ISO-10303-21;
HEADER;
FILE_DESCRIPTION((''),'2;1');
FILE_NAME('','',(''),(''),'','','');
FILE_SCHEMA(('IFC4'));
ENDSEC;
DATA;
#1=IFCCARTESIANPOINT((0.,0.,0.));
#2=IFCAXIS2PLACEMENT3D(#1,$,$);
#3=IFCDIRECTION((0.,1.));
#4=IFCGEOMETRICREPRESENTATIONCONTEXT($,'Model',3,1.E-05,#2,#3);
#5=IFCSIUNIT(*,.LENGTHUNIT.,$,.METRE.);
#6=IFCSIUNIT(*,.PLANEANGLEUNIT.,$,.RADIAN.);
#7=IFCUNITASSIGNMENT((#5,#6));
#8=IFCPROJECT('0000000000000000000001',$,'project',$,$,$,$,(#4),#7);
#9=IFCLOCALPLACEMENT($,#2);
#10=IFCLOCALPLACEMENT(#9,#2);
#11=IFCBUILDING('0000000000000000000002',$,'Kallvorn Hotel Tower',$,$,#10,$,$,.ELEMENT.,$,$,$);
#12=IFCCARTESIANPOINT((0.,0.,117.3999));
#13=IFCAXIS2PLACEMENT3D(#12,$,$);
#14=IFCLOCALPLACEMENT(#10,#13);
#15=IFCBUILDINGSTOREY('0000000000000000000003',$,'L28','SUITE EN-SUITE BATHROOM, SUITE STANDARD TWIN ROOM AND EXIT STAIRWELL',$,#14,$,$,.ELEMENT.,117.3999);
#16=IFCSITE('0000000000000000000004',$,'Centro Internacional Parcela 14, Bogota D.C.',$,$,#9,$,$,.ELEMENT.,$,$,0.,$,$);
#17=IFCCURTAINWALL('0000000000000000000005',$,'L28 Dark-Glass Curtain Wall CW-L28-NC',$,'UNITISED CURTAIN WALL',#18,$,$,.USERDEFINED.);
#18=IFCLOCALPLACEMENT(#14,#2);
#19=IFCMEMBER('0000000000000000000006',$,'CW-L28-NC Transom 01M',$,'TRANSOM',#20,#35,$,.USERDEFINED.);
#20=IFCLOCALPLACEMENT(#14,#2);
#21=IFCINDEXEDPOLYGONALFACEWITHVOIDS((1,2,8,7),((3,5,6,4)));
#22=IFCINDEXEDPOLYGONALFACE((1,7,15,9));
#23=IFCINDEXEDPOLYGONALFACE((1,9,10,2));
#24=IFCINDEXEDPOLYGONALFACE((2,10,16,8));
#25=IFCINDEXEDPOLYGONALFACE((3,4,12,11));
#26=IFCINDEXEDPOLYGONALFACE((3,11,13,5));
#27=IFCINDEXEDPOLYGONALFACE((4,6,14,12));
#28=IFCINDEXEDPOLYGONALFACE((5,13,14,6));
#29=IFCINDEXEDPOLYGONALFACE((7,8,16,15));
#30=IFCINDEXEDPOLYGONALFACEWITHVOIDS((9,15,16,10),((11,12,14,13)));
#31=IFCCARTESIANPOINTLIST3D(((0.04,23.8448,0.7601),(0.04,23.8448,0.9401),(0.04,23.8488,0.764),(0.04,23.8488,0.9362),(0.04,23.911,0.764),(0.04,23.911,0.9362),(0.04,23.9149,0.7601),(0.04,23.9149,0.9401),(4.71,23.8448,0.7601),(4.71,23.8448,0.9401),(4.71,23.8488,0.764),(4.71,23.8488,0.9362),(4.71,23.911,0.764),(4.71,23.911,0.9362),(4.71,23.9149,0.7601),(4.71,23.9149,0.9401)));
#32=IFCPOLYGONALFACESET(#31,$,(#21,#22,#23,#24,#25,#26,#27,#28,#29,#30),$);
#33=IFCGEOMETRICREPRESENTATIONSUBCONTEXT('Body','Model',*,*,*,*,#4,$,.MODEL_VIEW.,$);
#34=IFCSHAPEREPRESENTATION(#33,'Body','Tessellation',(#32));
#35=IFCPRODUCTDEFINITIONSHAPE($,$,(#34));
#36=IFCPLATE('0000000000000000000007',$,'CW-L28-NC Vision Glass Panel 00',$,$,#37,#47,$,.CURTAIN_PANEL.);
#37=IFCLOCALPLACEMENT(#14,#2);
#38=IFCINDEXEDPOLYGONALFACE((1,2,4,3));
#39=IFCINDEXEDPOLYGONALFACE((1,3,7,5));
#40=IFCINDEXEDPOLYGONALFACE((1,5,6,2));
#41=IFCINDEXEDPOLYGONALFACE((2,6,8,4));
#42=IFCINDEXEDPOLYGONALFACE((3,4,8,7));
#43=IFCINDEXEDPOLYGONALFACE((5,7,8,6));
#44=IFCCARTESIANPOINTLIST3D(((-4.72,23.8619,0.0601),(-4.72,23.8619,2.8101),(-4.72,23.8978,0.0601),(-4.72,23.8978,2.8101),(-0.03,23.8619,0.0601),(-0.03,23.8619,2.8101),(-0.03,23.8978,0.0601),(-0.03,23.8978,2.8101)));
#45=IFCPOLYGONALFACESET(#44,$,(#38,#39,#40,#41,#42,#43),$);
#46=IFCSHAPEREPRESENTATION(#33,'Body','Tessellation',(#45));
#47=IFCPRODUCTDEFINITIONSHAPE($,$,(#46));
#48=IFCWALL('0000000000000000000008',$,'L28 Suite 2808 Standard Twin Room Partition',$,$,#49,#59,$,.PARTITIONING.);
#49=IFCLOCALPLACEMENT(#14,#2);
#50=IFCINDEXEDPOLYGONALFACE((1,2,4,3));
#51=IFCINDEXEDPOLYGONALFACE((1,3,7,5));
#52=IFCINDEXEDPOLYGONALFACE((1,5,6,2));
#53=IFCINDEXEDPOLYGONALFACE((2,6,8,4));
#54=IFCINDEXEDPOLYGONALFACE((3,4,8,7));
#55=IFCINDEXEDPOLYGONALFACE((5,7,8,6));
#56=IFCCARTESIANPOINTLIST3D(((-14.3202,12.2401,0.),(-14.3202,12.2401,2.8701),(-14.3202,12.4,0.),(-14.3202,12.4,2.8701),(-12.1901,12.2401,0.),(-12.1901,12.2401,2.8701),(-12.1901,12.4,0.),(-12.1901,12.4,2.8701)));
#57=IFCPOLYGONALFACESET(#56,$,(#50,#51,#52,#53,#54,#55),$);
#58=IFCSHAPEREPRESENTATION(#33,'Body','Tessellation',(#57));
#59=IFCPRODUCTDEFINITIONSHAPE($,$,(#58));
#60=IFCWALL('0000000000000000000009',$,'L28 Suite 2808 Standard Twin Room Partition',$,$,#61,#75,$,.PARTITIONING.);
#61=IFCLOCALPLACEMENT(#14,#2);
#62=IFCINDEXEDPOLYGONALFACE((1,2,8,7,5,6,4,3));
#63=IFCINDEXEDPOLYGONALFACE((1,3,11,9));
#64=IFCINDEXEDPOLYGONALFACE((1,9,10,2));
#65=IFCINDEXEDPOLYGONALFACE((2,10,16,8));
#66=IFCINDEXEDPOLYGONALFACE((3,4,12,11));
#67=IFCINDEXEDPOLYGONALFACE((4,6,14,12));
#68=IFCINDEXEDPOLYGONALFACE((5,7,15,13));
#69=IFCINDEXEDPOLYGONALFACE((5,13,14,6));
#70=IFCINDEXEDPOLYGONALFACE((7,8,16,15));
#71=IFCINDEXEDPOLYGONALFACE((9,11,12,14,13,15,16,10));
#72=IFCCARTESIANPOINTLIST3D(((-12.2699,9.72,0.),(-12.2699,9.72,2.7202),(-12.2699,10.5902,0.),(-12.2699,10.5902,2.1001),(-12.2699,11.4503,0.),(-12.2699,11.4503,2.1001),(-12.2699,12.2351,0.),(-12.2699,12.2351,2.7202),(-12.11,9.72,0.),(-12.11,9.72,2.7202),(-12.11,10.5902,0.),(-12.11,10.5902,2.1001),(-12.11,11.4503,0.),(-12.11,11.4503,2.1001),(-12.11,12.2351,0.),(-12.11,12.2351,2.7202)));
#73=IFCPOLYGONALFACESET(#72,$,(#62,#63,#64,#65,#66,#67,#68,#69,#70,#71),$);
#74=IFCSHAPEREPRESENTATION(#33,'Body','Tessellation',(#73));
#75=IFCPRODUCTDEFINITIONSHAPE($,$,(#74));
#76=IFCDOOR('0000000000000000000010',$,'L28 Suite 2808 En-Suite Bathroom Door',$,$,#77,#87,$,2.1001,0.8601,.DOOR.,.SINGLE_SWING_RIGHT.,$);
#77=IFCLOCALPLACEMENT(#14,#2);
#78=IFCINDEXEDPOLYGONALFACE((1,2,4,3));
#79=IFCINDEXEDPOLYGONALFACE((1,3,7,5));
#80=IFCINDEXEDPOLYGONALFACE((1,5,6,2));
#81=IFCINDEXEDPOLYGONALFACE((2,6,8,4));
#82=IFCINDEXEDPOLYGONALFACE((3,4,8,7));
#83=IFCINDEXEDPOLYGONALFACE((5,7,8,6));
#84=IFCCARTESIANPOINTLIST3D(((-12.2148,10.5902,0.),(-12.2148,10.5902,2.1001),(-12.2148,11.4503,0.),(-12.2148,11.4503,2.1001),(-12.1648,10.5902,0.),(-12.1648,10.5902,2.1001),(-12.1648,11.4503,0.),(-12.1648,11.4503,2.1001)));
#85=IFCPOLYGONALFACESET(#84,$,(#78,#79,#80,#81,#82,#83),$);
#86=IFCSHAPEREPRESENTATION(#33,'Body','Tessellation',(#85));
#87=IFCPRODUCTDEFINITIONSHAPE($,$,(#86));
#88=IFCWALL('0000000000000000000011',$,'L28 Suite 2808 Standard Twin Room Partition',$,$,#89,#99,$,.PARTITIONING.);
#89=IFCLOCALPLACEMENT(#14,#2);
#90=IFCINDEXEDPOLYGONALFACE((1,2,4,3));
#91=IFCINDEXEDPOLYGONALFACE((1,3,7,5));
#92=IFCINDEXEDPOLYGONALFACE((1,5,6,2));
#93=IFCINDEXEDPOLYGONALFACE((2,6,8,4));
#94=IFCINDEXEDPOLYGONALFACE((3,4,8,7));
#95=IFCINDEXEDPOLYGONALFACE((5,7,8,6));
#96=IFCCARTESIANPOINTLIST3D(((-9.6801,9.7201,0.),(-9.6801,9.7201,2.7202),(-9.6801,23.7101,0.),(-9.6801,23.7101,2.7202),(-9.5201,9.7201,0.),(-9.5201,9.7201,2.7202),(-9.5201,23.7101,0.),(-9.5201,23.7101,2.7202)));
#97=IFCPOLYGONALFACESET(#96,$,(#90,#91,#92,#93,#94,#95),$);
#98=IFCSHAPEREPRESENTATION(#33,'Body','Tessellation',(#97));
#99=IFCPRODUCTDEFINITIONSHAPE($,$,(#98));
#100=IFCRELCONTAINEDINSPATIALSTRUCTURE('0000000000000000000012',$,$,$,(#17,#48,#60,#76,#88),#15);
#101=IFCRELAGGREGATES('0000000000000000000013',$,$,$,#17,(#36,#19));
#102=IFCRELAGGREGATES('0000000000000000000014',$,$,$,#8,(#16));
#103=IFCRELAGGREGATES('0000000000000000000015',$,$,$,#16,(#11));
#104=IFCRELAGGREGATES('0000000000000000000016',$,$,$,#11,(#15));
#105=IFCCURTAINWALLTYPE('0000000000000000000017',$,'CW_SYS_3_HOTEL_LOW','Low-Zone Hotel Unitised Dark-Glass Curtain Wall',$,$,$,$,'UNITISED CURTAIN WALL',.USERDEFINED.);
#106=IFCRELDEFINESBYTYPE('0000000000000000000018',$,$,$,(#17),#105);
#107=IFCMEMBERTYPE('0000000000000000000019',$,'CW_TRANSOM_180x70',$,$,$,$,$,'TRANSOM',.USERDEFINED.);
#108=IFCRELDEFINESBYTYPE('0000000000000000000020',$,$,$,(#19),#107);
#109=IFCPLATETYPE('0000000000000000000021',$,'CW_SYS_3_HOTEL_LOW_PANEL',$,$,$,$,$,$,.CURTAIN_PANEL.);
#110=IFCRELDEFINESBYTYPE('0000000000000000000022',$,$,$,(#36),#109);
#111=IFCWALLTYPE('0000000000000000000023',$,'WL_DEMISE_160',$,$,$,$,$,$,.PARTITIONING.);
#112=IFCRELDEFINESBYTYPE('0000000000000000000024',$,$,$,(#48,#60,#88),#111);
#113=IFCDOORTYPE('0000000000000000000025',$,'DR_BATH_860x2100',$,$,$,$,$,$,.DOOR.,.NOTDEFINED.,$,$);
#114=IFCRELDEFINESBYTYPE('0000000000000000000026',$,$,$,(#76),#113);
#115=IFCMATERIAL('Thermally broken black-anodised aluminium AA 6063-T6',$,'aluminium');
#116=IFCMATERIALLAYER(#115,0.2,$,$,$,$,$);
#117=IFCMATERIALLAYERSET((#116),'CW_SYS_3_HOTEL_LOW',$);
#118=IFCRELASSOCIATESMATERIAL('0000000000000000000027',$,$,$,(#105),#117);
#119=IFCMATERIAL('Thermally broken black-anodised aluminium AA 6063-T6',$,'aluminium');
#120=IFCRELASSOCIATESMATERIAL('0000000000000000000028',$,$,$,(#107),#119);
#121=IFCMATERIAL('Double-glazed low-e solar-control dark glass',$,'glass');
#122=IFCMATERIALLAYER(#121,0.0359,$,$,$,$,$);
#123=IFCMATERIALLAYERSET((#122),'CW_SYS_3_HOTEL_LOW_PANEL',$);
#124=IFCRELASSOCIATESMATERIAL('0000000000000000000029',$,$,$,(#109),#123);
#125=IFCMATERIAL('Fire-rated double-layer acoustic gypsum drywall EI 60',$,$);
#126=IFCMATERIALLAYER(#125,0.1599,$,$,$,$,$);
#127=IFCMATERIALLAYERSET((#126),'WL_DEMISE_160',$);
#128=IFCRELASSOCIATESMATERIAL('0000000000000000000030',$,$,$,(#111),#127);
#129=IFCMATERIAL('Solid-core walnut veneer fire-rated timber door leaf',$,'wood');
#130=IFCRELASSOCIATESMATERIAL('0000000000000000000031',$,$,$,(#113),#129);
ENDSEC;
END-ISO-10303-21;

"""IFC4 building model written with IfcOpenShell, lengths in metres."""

from ifc_helpers import new_model, si_unit, direction, frame, frame_2d, origin, origin_2d, place, context, subcontext, project, spatial, rectangle, hollow_rectangle, extrude, material, layer, layer_set, material_profile, profile_set, type_object, element, fill, aggregate, save


model = new_model("IFC4")

# Units and contexts
model_context = context("Model", 3, precision=1e-05, world=origin(), true_north=direction((0.0, 1.0)))
body_context = subcontext(model_context, "Body", "Model", "MODEL_VIEW")
ifc_project = project(units=[si_unit("LENGTHUNIT", "METRE"), si_unit("PLANEANGLEUNIT", "RADIAN")], contexts=[model_context])

# Site, building, storey
site_placement = place(None, origin())
site = spatial("IfcSite", under=ifc_project, at=site_placement, Name="Centro Internacional Parcela 14, Bogota D.C.", CompositionType="ELEMENT", RefElevation=0.0)
building_placement = place(site_placement, origin())
building = spatial("IfcBuilding", under=site, at=building_placement, Name="Kallvorn Hotel Tower", CompositionType="ELEMENT")
storey_placement = place(building_placement, frame((0.0, 0.0, 117.3999)))
storey = spatial("IfcBuildingStorey", under=building, at=storey_placement, Name="L28", Description="SUITE EN-SUITE BATHROOM, SUITE STANDARD TWIN ROOM AND EXIT STAIRWELL", CompositionType="ELEMENT", Elevation=117.3999)

# Curtain wall, member, plate
ifc_material_1 = material(Name="Thermally broken black-anodised aluminium AA 6063-T6", Category="aluminium")
ifc_layer_1 = layer(ifc_material_1, 0.2)
ifc_layer_set_1 = layer_set([ifc_layer_1], Name="CW_SYS_3_HOTEL_LOW")
curtain_wall_type = type_object("IfcCurtainWallType", Name="CW_SYS_3_HOTEL_LOW", Description="Low-Zone Hotel Unitised Dark-Glass Curtain Wall", ElementType="UNITISED CURTAIN WALL", PredefinedType="USERDEFINED", material=ifc_layer_set_1)
curtain_wall_placement = place(storey_placement, origin())
curtain_wall = element("IfcCurtainWall", 1, at=curtain_wall_placement, inside=storey, type_object=curtain_wall_type, Name="L28 Dark-Glass Curtain Wall CW-L28-NC", ObjectType="UNITISED CURTAIN WALL", PredefinedType="USERDEFINED")
ifc_material_2 = material(Name="Thermally broken black-anodised aluminium AA 6063-T6", Category="aluminium")
ifc_material_profile_1 = material_profile(ifc_material_2, hollow_rectangle(XDim=0.0701, YDim=0.1799, WallThickness=0.0039, at=origin_2d()), Name="TRN 180x70")
ifc_profile_set_1 = profile_set([ifc_material_profile_1], Name="Thermally broken black-anodised aluminium AA 6063-T6")
member_type_1 = type_object("IfcMemberType", Name="CW_TRANSOM_180x70", ElementType="TRANSOM", PredefinedType="USERDEFINED", material=ifc_profile_set_1)
member_1_placement = place(storey_placement, frame((0.04, 23.8799, 0.8501), z_axis=(1.0, 0.0, 0.0), x_axis=(0.0, 1.0, 0.0)))
member_1 = element("IfcMember", 2, at=member_1_placement, type_object=member_type_1, Name="CW-L28-NC Transom 01M", ObjectType="TRANSOM", PredefinedType="USERDEFINED", context=body_context, shape_type="SweptSolid", body=[
    extrude(hollow_rectangle(XDim=0.0701, YDim=0.1799, WallThickness=0.0039, at=origin_2d()), origin(), (0.0, 0.0, 1.0), 4.6699),
])
ifc_material_3 = material(Name="Double-glazed low-e solar-control dark glass", Category="glass")
ifc_layer_2 = layer(ifc_material_3, 0.0359)
ifc_layer_set_2 = layer_set([ifc_layer_2], Name="CW_SYS_3_HOTEL_LOW_PANEL")
plate_type = type_object("IfcPlateType", Name="CW_SYS_3_HOTEL_LOW_PANEL", PredefinedType="CURTAIN_PANEL", material=ifc_layer_set_2)
plate_placement = place(storey_placement, frame((-2.375, 23.8799, 0.0601), z_axis=(0.0, 0.0, 1.0), x_axis=(1.0, 0.0, 0.0)))
plate = element("IfcPlate", 3, at=plate_placement, type_object=plate_type, Name="CW-L28-NC Vision Glass Panel 00", PredefinedType="CURTAIN_PANEL", context=body_context, shape_type="SweptSolid", body=[
    extrude(rectangle(XDim=4.6899, YDim=0.0359, at=origin_2d()), origin(), (0.0, 0.0, 1.0), 2.75),
])
aggregate(curtain_wall, [plate, member_1])

# Wall
ifc_material_4 = material(Name="Fire-rated double-layer acoustic gypsum drywall EI 60")
ifc_layer_3 = layer(ifc_material_4, 0.1599)
ifc_layer_set_3 = layer_set([ifc_layer_3], Name="WL_DEMISE_160")
wall_type = type_object("IfcWallType", Name="WL_DEMISE_160", PredefinedType="PARTITIONING", material=ifc_layer_set_3)
wall_1_placement = place(storey_placement, frame((-14.3201, 12.3201, 0.0), z_axis=(0.0, 0.0, 1.0), x_axis=(1.0, 0.0, 0.0)))
element("IfcWall", 4, at=wall_1_placement, inside=storey, type_object=wall_type, Name="L28 Suite 2808 Standard Twin Room Partition", PredefinedType="PARTITIONING", context=body_context, shape_type="SweptSolid", body=[
    extrude(rectangle(XDim=2.1301, YDim=0.1599, at=frame_2d((1.0649, 0.0))), origin(), (0.0, 0.0, 1.0), 2.8701),
])

# Wall, opening, door
wall_2_placement = place(storey_placement, frame((-12.1899, 9.72, 0.0), z_axis=(0.0, 0.0, 1.0), x_axis=(0.0, 1.0, 0.0)))
wall_2 = element("IfcWall", 5, at=wall_2_placement, inside=storey, type_object=wall_type, Name="L28 Suite 2808 Standard Twin Room Partition", PredefinedType="PARTITIONING", context=body_context, shape_type="SweptSolid", body=[
    extrude(rectangle(XDim=2.5151, YDim=0.1599, at=frame_2d((1.2576, 0.0))), origin(), (0.0, 0.0, 1.0), 2.7202),
])
opening_placement = place(wall_2_placement, frame((0.8701, 0.0, 0.0)))
opening = element("IfcOpeningElement", 6, at=opening_placement, cuts=wall_2, PredefinedType="OPENING", context=body_context, shape_type="SweptSolid", body=[
    extrude(rectangle(XDim=0.8601, YDim=2.1001, at=frame_2d((0.4302, 1.05))), frame((0.0, 0.095, 0.0), z_axis=(0.0, -1.0, 0.0), x_axis=(1.0, 0.0, 0.0)), (0.0, 0.0, 1.0), 0.1899),
])
ifc_material_5 = material(Name="Solid-core walnut veneer fire-rated timber door leaf", Category="wood")
door_type = type_object("IfcDoorType", Name="DR_BATH_860x2100", OperationType="NOTDEFINED", PredefinedType="DOOR", material=ifc_material_5)
door_placement = place(opening_placement, origin())
door = element("IfcDoor", 7, at=door_placement, inside=storey, type_object=door_type, Name="L28 Suite 2808 En-Suite Bathroom Door", OperationType="SINGLE_SWING_RIGHT", OverallHeight=2.1001, OverallWidth=0.8601, PredefinedType="DOOR", context=body_context, shape_type="SweptSolid", body=[
    extrude(rectangle(XDim=0.8601, YDim=2.1001, at=frame_2d((0.4302, 1.05))), frame((0.0, 0.0249, 0.0), z_axis=(0.0, -1.0, 0.0), x_axis=(1.0, 0.0, 0.0)), (0.0, 0.0, 1.0), 0.05),
])
fill(opening, door)

# Wall
wall_3_placement = place(storey_placement, frame((-9.6001, 9.72, 0.0), z_axis=(0.0, 0.0, 1.0), x_axis=(0.0, 1.0, 0.0)))
element("IfcWall", 8, at=wall_3_placement, inside=storey, type_object=wall_type, Name="L28 Suite 2808 Standard Twin Room Partition", PredefinedType="PARTITIONING", context=body_context, shape_type="SweptSolid", body=[
    extrude(rectangle(XDim=13.99, YDim=0.1599, at=frame_2d((6.9951, 0.0))), origin(), (0.0, 0.0, 1.0), 2.7202),
])

save(model, "model.ifc")
